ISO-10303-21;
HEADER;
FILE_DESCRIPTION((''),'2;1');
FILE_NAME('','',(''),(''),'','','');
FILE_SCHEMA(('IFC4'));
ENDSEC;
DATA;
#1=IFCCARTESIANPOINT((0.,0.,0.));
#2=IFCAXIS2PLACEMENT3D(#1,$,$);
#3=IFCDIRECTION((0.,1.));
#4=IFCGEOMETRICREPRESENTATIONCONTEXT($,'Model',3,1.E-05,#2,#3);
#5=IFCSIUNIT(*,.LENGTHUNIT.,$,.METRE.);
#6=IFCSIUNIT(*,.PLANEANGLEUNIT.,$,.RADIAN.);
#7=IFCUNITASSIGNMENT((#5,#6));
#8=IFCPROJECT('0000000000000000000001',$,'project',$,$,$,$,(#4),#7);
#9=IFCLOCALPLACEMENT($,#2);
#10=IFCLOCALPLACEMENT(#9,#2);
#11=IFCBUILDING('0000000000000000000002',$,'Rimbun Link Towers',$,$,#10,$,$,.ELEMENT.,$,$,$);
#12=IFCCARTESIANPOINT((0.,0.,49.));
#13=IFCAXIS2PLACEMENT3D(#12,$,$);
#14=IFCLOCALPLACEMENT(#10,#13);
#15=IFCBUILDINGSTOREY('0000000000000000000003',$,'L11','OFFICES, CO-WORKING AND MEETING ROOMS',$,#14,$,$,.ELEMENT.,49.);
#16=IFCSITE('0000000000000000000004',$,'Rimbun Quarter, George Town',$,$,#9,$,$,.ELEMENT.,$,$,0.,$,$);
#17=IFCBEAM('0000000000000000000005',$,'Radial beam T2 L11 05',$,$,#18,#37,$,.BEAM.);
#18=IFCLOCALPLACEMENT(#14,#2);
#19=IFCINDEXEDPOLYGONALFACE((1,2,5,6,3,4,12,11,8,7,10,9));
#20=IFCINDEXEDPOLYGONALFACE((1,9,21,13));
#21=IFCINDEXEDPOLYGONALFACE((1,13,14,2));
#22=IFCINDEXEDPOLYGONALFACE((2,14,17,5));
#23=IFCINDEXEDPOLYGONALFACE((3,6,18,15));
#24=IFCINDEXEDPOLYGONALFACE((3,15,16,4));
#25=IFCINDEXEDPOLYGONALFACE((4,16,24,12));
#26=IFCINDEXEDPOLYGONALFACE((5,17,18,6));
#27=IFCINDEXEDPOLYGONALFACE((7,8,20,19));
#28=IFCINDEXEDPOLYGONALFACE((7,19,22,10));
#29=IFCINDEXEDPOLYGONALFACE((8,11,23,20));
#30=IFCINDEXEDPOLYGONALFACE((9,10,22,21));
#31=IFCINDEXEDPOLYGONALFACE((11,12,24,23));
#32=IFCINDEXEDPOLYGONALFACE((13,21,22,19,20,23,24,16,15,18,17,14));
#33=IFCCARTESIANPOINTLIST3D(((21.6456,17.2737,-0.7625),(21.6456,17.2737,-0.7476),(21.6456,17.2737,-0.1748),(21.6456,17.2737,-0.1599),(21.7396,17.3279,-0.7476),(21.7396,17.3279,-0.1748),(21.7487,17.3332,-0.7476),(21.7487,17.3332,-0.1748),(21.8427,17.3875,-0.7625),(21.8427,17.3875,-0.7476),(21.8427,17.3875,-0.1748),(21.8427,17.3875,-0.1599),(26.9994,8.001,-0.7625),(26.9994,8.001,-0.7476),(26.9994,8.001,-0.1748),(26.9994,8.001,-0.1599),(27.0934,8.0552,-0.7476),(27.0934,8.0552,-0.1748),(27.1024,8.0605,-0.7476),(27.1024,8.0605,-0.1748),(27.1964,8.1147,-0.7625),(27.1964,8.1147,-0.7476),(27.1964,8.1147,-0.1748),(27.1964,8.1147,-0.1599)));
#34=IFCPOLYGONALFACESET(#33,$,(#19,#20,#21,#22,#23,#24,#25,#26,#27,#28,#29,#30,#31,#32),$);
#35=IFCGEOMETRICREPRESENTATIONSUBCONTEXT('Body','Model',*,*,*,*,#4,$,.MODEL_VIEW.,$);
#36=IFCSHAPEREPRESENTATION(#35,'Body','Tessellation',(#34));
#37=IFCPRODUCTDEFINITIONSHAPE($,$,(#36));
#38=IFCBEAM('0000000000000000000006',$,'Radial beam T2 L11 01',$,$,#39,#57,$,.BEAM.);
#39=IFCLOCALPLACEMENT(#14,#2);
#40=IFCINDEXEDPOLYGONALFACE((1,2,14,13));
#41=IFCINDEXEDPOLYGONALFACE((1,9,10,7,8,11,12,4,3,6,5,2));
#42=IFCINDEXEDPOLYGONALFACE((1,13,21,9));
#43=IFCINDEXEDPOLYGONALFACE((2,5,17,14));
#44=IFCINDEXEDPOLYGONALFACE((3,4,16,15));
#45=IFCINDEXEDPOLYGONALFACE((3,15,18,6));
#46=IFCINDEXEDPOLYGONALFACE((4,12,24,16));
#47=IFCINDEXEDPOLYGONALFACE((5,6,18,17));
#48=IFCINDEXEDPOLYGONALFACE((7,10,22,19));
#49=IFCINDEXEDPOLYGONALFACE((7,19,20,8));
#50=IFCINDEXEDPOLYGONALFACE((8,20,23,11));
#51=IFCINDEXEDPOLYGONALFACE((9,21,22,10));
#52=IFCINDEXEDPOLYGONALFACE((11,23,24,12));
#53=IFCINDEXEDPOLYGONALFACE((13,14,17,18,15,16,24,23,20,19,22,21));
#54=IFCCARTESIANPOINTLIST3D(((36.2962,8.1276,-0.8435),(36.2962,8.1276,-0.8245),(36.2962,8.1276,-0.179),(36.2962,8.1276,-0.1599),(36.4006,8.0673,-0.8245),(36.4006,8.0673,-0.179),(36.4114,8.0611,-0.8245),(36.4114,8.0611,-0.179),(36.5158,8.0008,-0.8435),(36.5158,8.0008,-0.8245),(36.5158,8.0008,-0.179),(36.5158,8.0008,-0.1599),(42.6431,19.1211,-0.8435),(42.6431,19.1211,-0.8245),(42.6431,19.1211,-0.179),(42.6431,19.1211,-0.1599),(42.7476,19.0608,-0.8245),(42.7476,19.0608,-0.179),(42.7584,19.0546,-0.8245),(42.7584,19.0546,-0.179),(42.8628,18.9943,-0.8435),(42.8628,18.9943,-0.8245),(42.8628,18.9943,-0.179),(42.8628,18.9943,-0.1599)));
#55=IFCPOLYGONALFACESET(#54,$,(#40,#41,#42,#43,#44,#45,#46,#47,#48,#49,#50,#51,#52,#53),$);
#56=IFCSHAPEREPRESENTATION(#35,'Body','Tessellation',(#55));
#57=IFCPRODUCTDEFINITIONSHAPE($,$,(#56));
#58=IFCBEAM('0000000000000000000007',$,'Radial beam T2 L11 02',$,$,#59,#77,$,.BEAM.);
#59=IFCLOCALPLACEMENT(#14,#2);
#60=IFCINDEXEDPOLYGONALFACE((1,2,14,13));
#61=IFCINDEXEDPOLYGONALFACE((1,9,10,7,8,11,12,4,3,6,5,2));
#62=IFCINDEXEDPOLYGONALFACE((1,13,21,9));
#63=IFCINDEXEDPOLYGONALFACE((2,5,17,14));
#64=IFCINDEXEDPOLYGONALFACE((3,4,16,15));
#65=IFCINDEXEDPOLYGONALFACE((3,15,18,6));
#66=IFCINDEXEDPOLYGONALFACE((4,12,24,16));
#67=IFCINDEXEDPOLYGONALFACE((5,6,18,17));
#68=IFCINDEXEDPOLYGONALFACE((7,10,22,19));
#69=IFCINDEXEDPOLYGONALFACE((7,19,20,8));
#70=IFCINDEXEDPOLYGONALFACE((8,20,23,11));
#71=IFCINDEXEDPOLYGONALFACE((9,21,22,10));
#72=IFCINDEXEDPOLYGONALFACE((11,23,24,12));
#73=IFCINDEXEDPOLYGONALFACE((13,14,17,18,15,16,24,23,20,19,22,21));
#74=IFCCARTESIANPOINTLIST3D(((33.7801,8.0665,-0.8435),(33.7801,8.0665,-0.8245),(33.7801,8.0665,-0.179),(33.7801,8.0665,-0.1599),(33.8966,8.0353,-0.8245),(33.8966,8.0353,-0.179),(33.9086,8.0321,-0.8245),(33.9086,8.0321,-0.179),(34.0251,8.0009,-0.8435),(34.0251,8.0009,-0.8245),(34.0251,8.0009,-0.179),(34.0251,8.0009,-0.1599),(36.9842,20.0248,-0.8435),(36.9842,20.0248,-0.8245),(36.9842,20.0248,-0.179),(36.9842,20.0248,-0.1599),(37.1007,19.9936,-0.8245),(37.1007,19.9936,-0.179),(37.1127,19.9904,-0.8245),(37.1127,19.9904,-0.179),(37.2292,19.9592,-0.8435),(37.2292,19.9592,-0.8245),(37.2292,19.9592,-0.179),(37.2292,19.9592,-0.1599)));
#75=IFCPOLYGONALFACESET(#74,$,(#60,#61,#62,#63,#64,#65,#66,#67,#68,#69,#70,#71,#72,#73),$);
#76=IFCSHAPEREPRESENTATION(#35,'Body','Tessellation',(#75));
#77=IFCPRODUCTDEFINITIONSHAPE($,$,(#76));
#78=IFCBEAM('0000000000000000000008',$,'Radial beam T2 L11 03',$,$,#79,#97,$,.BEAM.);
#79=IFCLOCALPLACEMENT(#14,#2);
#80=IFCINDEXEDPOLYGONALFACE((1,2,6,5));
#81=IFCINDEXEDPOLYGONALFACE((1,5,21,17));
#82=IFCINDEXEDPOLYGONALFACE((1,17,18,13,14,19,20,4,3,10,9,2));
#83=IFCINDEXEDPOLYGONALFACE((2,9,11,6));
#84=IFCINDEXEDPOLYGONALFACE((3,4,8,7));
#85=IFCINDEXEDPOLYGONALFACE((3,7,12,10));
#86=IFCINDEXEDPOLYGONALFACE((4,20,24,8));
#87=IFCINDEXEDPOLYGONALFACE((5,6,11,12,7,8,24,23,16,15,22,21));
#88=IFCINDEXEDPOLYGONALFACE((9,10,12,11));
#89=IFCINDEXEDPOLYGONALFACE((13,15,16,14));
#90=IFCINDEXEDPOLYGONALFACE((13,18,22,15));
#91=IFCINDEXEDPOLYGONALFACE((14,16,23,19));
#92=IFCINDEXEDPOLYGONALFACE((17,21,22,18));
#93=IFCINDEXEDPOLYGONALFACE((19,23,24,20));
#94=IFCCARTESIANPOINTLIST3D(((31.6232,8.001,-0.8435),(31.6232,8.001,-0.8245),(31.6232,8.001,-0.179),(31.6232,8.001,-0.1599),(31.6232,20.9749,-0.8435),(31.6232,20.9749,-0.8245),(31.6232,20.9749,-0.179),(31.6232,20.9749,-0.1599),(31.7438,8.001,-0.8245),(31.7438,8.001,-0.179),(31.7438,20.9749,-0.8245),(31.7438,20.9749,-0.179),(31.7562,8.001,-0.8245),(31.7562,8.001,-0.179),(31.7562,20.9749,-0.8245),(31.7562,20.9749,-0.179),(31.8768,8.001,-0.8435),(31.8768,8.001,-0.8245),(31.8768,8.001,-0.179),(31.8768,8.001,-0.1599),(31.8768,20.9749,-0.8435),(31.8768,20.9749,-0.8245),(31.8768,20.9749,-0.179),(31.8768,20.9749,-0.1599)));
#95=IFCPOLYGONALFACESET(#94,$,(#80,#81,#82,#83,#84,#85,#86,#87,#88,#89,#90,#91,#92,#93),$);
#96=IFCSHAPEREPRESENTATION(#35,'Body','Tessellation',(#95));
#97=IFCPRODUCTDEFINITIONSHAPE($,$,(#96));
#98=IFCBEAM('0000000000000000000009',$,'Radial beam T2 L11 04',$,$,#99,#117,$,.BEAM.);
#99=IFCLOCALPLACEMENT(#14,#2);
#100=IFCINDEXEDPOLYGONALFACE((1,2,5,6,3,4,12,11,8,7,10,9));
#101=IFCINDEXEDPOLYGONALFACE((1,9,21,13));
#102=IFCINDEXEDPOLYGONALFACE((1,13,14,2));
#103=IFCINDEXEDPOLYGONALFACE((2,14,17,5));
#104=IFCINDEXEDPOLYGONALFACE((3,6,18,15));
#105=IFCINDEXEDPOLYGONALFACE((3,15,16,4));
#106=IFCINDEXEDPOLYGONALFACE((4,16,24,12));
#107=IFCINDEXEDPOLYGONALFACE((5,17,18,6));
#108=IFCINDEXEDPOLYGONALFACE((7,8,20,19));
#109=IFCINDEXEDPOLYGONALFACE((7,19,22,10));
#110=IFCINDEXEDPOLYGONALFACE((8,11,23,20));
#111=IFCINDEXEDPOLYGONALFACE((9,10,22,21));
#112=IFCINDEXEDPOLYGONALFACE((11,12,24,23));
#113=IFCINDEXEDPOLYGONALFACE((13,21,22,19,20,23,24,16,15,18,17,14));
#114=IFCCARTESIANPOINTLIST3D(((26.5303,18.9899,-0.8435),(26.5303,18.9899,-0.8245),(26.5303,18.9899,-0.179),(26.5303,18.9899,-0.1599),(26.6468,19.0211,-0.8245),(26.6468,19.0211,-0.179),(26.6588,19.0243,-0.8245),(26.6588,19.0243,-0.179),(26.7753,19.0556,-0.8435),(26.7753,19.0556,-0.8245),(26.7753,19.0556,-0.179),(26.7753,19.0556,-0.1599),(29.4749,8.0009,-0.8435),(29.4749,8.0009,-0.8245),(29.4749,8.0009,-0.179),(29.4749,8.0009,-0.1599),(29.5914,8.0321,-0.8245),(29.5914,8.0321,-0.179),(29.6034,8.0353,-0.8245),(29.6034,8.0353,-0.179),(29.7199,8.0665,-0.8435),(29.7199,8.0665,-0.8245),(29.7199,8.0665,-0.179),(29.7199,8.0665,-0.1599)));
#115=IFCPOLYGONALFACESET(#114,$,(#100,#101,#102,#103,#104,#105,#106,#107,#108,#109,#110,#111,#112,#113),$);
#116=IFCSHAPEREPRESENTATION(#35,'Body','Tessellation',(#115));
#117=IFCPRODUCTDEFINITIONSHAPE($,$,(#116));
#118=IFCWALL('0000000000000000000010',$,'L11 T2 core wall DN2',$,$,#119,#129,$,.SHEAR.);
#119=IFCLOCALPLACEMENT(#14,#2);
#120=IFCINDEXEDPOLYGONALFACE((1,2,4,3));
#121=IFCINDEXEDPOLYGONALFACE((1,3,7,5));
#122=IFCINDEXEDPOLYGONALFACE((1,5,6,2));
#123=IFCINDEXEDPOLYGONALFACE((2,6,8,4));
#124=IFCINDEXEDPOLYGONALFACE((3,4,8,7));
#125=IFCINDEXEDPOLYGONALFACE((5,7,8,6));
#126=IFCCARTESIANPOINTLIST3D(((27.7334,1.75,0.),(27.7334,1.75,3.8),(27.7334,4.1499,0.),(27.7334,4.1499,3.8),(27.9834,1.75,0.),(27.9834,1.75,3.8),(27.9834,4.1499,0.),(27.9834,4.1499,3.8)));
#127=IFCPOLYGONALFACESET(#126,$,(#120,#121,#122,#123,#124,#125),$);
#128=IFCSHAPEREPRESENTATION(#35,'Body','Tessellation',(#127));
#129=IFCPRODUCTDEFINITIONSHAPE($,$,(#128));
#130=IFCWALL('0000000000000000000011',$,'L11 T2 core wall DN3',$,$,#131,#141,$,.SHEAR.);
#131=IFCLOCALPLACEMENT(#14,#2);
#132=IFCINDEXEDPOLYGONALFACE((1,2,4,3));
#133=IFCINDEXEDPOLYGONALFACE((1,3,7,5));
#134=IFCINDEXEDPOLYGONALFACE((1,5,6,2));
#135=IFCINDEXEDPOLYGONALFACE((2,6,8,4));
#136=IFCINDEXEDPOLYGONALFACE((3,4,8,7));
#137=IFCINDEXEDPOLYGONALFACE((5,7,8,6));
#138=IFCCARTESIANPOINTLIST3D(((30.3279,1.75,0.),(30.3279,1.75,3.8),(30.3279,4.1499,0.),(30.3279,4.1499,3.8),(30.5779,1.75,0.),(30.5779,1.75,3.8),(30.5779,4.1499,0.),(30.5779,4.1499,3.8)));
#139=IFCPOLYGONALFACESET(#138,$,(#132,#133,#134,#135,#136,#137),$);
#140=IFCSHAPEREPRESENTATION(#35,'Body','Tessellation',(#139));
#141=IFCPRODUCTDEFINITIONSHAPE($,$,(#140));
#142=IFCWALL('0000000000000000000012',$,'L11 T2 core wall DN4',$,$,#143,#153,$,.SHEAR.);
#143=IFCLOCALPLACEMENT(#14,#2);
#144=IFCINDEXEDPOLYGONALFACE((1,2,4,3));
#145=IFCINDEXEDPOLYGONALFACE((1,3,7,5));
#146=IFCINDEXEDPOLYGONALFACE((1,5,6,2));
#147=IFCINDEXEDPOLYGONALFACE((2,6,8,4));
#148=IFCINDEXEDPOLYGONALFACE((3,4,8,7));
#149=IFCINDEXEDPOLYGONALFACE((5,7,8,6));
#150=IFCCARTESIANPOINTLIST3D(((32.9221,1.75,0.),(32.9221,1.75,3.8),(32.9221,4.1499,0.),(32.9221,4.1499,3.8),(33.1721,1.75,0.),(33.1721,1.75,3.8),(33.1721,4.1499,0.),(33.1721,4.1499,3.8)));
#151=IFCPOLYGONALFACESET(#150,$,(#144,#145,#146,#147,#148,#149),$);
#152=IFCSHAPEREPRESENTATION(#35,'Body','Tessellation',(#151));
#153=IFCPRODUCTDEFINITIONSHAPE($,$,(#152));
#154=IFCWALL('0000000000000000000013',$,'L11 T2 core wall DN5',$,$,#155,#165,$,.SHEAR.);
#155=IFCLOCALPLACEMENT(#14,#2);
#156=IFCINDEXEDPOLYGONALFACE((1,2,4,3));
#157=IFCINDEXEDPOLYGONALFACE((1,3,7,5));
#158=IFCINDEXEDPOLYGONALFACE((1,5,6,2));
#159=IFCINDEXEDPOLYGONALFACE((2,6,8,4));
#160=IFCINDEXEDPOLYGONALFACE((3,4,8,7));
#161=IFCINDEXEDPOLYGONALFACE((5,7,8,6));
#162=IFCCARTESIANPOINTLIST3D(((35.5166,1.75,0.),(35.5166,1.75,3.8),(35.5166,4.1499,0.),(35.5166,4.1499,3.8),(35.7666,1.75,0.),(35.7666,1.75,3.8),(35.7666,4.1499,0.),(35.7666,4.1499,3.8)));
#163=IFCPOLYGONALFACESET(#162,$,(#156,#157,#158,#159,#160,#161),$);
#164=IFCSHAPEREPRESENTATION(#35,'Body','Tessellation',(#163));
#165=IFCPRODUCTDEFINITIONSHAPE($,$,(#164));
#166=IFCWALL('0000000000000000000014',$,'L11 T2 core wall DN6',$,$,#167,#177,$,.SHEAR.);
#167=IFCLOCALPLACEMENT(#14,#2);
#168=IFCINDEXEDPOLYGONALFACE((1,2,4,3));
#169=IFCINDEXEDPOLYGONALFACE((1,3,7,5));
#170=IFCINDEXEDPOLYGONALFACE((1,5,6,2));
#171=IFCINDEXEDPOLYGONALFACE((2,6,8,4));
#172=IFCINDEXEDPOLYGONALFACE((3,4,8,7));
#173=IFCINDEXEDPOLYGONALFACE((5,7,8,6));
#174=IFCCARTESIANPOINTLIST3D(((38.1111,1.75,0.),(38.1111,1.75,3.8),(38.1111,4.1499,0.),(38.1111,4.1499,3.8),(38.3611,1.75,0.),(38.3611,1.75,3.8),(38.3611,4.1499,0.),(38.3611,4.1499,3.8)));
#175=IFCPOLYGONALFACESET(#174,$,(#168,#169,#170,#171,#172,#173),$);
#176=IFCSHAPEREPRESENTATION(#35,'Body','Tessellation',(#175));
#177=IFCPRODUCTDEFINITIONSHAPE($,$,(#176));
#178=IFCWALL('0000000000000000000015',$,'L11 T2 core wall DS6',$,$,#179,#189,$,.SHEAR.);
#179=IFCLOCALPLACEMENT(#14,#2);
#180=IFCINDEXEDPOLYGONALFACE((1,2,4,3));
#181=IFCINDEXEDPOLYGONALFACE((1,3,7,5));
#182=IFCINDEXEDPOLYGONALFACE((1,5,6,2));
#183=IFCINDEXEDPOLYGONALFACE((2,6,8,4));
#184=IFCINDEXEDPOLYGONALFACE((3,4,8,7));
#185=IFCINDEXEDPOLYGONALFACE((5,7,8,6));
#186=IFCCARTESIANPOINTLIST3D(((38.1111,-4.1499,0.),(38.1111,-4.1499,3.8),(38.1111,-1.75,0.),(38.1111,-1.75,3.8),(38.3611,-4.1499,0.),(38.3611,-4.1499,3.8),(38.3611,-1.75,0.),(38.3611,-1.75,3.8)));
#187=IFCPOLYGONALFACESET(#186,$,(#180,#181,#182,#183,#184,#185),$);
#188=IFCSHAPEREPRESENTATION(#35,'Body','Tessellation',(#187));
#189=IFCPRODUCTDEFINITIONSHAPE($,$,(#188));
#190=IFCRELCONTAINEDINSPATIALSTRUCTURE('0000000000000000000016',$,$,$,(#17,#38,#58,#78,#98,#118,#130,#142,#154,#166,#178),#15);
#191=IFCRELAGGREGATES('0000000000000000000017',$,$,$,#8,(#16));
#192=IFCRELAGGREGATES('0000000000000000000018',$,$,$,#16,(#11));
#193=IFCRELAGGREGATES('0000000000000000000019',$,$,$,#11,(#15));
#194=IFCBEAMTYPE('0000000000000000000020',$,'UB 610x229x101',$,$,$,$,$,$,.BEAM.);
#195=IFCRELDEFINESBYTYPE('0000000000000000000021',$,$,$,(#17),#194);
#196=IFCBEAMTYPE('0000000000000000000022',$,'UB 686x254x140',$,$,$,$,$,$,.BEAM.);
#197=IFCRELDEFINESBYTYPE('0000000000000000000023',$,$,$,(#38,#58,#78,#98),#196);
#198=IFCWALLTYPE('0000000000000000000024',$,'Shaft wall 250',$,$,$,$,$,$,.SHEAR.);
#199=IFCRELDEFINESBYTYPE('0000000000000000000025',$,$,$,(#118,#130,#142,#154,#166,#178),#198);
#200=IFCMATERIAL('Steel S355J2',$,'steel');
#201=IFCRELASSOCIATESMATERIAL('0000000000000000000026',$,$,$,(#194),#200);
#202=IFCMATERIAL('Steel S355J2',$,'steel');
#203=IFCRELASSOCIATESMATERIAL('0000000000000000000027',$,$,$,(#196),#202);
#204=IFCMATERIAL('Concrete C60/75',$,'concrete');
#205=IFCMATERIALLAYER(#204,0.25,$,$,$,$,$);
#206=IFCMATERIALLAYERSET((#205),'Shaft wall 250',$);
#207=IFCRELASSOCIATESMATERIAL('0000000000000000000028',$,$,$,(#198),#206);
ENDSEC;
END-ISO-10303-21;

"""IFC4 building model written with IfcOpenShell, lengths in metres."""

from ifc_helpers import new_model, si_unit, direction, frame, frame_2d, origin, origin_2d, place, context, subcontext, project, spatial, rectangle, i_section, extrude, material, layer, layer_set, material_profile, profile_set, type_object, element, save


model = new_model("IFC4")

# Units and contexts
model_context = context("Model", 3, precision=1e-05, world=origin(), true_north=direction((0.0, 1.0)))
body_context = subcontext(model_context, "Body", "Model", "MODEL_VIEW")
ifc_project = project(units=[si_unit("LENGTHUNIT", "METRE"), si_unit("PLANEANGLEUNIT", "RADIAN")], contexts=[model_context])

# Site, building, storey
site_placement = place(None, origin())
site = spatial("IfcSite", under=ifc_project, at=site_placement, Name="Rimbun Quarter, George Town", CompositionType="ELEMENT", RefElevation=0.0)
building_placement = place(site_placement, origin())
building = spatial("IfcBuilding", under=site, at=building_placement, Name="Rimbun Link Towers", CompositionType="ELEMENT")
storey_placement = place(building_placement, frame((0.0, 0.0, 49.0)))
storey = spatial("IfcBuildingStorey", under=building, at=storey_placement, Name="L11", Description="OFFICES, CO-WORKING AND MEETING ROOMS", CompositionType="ELEMENT", Elevation=49.0)

# Beams
ifc_material_1 = material(Name="Steel S355J2", Category="steel")
ifc_material_profile_1 = material_profile(ifc_material_1, i_section(OverallWidth=0.2275, OverallDepth=0.6025, WebThickness=0.0105, FlangeThickness=0.0149, at=origin_2d()), Name="UB 610x229x101")
ifc_profile_set_1 = profile_set([ifc_material_profile_1], Name="Steel S355J2")
beam_type_1 = type_object("IfcBeamType", Name="UB 610x229x101", PredefinedType="BEAM", material=ifc_profile_set_1)
beam_1_placement = place(storey_placement, frame((27.0979, 8.0579, -0.4612), z_axis=(-0.500011, 0.866019, 0.0), x_axis=(-0.866019, -0.500011, 0.0)))
element("IfcBeam", 1, at=beam_1_placement, inside=storey, type_object=beam_type_1, Name="Radial beam T2 L11 05", PredefinedType="BEAM", context=body_context, shape_type="SweptSolid", body=[
    extrude(i_section(OverallWidth=0.2275, OverallDepth=0.6025, WebThickness=0.0105, FlangeThickness=0.0149, at=origin_2d()), origin(), (0.0, 0.0, 1.0), 10.7073),
])
ifc_material_2 = material(Name="Steel S355J2", Category="steel")
ifc_material_profile_2 = material_profile(ifc_material_2, i_section(OverallWidth=0.2537, OverallDepth=0.6836, WebThickness=0.0125, FlangeThickness=0.019, at=origin_2d()), Name="UB 686x254x140")
ifc_profile_set_2 = profile_set([ifc_material_profile_2], Name="Steel S355J2")
beam_type_2 = type_object("IfcBeamType", Name="UB 686x254x140", PredefinedType="BEAM", material=ifc_profile_set_2)
beam_2_placement = place(storey_placement, frame((36.406, 8.0642, -0.5017), z_axis=(0.499993, 0.86603, 0.0), x_axis=(-0.86603, 0.499993, 0.0)))
element("IfcBeam", 2, at=beam_2_placement, inside=storey, type_object=beam_type_2, Name="Radial beam T2 L11 01", PredefinedType="BEAM", context=body_context, shape_type="SweptSolid", body=[
    extrude(i_section(OverallWidth=0.2537, OverallDepth=0.6836, WebThickness=0.0125, FlangeThickness=0.019, at=origin_2d()), origin(), (0.0, 0.0, 1.0), 12.6941),
])
beam_3_placement = place(storey_placement, frame((33.9026, 8.0337, -0.5017), z_axis=(0.258811, 0.965928, 0.0), x_axis=(-0.965928, 0.258811, 0.0)))
element("IfcBeam", 3, at=beam_3_placement, inside=storey, type_object=beam_type_2, Name="Radial beam T2 L11 02", PredefinedType="BEAM", context=body_context, shape_type="SweptSolid", body=[
    extrude(i_section(OverallWidth=0.2537, OverallDepth=0.6836, WebThickness=0.0125, FlangeThickness=0.019, at=origin_2d()), origin(), (0.0, 0.0, 1.0), 12.3801),
])
beam_4_placement = place(storey_placement, frame((31.75, 8.001, -0.5017), z_axis=(0.0, 1.0, 0.0), x_axis=(-1.0, 0.0, 0.0)))
element("IfcBeam", 4, at=beam_4_placement, inside=storey, type_object=beam_type_2, Name="Radial beam T2 L11 03", PredefinedType="BEAM", context=body_context, shape_type="SweptSolid", body=[
    extrude(i_section(OverallWidth=0.2537, OverallDepth=0.6836, WebThickness=0.0125, FlangeThickness=0.019, at=origin_2d()), origin(), (0.0, 0.0, 1.0), 12.9739),
])
beam_5_placement = place(storey_placement, frame((29.5974, 8.0337, -0.5017), z_axis=(-0.258826, 0.965924, 0.0), x_axis=(-0.965924, -0.258826, 0.0)))
element("IfcBeam", 5, at=beam_5_placement, inside=storey, type_object=beam_type_2, Name="Radial beam T2 L11 04", PredefinedType="BEAM", context=body_context, shape_type="SweptSolid", body=[
    extrude(i_section(OverallWidth=0.2537, OverallDepth=0.6836, WebThickness=0.0125, FlangeThickness=0.019, at=origin_2d()), origin(), (0.0, 0.0, 1.0), 11.3767),
])

# Walls
ifc_material_3 = material(Name="Concrete C60/75", Category="concrete")
ifc_layer_1 = layer(ifc_material_3, 0.25)
ifc_layer_set_1 = layer_set([ifc_layer_1], Name="Shaft wall 250")
wall_type_1 = type_object("IfcWallType", Name="Shaft wall 250", PredefinedType="SHEAR", material=ifc_layer_set_1)
for number, where, z_axis, x_axis, name in (
    (6, (27.8584, 1.75, 0.0), (0.0, 0.0, 1.0), (0.0, 1.0, 0.0), "L11 T2 core wall DN2"),
    (7, (30.4529, 1.75, 0.0), (0.0, 0.0, 1.0), (0.0, 1.0, 0.0), "L11 T2 core wall DN3"),
    (8, (33.0471, 1.75, 0.0), (0.0, 0.0, 1.0), (0.0, 1.0, 0.0), "L11 T2 core wall DN4"),
    (9, (35.6416, 1.75, 0.0), (0.0, 0.0, 1.0), (0.0, 1.0, 0.0), "L11 T2 core wall DN5"),
    (10, (38.2361, 1.75, 0.0), (0.0, 0.0, 1.0), (0.0, 1.0, 0.0), "L11 T2 core wall DN6"),
    (11, (38.2361, -4.1499, 0.0), (0.0, 0.0, 1.0), (0.0, 1.0, 0.0), "L11 T2 core wall DS6"),
):
    element("IfcWall", number, at=place(storey_placement, frame(where, z_axis=z_axis, x_axis=x_axis)), inside=storey, type_object=wall_type_1, Name=name, PredefinedType="SHEAR", context=body_context, shape_type="SweptSolid", body=[
        extrude(rectangle(XDim=2.3999, YDim=0.25, at=frame_2d((1.2, 0.0))), origin(), (0.0, 0.0, 1.0), 3.8),
    ])

save(model, "model.ifc")
